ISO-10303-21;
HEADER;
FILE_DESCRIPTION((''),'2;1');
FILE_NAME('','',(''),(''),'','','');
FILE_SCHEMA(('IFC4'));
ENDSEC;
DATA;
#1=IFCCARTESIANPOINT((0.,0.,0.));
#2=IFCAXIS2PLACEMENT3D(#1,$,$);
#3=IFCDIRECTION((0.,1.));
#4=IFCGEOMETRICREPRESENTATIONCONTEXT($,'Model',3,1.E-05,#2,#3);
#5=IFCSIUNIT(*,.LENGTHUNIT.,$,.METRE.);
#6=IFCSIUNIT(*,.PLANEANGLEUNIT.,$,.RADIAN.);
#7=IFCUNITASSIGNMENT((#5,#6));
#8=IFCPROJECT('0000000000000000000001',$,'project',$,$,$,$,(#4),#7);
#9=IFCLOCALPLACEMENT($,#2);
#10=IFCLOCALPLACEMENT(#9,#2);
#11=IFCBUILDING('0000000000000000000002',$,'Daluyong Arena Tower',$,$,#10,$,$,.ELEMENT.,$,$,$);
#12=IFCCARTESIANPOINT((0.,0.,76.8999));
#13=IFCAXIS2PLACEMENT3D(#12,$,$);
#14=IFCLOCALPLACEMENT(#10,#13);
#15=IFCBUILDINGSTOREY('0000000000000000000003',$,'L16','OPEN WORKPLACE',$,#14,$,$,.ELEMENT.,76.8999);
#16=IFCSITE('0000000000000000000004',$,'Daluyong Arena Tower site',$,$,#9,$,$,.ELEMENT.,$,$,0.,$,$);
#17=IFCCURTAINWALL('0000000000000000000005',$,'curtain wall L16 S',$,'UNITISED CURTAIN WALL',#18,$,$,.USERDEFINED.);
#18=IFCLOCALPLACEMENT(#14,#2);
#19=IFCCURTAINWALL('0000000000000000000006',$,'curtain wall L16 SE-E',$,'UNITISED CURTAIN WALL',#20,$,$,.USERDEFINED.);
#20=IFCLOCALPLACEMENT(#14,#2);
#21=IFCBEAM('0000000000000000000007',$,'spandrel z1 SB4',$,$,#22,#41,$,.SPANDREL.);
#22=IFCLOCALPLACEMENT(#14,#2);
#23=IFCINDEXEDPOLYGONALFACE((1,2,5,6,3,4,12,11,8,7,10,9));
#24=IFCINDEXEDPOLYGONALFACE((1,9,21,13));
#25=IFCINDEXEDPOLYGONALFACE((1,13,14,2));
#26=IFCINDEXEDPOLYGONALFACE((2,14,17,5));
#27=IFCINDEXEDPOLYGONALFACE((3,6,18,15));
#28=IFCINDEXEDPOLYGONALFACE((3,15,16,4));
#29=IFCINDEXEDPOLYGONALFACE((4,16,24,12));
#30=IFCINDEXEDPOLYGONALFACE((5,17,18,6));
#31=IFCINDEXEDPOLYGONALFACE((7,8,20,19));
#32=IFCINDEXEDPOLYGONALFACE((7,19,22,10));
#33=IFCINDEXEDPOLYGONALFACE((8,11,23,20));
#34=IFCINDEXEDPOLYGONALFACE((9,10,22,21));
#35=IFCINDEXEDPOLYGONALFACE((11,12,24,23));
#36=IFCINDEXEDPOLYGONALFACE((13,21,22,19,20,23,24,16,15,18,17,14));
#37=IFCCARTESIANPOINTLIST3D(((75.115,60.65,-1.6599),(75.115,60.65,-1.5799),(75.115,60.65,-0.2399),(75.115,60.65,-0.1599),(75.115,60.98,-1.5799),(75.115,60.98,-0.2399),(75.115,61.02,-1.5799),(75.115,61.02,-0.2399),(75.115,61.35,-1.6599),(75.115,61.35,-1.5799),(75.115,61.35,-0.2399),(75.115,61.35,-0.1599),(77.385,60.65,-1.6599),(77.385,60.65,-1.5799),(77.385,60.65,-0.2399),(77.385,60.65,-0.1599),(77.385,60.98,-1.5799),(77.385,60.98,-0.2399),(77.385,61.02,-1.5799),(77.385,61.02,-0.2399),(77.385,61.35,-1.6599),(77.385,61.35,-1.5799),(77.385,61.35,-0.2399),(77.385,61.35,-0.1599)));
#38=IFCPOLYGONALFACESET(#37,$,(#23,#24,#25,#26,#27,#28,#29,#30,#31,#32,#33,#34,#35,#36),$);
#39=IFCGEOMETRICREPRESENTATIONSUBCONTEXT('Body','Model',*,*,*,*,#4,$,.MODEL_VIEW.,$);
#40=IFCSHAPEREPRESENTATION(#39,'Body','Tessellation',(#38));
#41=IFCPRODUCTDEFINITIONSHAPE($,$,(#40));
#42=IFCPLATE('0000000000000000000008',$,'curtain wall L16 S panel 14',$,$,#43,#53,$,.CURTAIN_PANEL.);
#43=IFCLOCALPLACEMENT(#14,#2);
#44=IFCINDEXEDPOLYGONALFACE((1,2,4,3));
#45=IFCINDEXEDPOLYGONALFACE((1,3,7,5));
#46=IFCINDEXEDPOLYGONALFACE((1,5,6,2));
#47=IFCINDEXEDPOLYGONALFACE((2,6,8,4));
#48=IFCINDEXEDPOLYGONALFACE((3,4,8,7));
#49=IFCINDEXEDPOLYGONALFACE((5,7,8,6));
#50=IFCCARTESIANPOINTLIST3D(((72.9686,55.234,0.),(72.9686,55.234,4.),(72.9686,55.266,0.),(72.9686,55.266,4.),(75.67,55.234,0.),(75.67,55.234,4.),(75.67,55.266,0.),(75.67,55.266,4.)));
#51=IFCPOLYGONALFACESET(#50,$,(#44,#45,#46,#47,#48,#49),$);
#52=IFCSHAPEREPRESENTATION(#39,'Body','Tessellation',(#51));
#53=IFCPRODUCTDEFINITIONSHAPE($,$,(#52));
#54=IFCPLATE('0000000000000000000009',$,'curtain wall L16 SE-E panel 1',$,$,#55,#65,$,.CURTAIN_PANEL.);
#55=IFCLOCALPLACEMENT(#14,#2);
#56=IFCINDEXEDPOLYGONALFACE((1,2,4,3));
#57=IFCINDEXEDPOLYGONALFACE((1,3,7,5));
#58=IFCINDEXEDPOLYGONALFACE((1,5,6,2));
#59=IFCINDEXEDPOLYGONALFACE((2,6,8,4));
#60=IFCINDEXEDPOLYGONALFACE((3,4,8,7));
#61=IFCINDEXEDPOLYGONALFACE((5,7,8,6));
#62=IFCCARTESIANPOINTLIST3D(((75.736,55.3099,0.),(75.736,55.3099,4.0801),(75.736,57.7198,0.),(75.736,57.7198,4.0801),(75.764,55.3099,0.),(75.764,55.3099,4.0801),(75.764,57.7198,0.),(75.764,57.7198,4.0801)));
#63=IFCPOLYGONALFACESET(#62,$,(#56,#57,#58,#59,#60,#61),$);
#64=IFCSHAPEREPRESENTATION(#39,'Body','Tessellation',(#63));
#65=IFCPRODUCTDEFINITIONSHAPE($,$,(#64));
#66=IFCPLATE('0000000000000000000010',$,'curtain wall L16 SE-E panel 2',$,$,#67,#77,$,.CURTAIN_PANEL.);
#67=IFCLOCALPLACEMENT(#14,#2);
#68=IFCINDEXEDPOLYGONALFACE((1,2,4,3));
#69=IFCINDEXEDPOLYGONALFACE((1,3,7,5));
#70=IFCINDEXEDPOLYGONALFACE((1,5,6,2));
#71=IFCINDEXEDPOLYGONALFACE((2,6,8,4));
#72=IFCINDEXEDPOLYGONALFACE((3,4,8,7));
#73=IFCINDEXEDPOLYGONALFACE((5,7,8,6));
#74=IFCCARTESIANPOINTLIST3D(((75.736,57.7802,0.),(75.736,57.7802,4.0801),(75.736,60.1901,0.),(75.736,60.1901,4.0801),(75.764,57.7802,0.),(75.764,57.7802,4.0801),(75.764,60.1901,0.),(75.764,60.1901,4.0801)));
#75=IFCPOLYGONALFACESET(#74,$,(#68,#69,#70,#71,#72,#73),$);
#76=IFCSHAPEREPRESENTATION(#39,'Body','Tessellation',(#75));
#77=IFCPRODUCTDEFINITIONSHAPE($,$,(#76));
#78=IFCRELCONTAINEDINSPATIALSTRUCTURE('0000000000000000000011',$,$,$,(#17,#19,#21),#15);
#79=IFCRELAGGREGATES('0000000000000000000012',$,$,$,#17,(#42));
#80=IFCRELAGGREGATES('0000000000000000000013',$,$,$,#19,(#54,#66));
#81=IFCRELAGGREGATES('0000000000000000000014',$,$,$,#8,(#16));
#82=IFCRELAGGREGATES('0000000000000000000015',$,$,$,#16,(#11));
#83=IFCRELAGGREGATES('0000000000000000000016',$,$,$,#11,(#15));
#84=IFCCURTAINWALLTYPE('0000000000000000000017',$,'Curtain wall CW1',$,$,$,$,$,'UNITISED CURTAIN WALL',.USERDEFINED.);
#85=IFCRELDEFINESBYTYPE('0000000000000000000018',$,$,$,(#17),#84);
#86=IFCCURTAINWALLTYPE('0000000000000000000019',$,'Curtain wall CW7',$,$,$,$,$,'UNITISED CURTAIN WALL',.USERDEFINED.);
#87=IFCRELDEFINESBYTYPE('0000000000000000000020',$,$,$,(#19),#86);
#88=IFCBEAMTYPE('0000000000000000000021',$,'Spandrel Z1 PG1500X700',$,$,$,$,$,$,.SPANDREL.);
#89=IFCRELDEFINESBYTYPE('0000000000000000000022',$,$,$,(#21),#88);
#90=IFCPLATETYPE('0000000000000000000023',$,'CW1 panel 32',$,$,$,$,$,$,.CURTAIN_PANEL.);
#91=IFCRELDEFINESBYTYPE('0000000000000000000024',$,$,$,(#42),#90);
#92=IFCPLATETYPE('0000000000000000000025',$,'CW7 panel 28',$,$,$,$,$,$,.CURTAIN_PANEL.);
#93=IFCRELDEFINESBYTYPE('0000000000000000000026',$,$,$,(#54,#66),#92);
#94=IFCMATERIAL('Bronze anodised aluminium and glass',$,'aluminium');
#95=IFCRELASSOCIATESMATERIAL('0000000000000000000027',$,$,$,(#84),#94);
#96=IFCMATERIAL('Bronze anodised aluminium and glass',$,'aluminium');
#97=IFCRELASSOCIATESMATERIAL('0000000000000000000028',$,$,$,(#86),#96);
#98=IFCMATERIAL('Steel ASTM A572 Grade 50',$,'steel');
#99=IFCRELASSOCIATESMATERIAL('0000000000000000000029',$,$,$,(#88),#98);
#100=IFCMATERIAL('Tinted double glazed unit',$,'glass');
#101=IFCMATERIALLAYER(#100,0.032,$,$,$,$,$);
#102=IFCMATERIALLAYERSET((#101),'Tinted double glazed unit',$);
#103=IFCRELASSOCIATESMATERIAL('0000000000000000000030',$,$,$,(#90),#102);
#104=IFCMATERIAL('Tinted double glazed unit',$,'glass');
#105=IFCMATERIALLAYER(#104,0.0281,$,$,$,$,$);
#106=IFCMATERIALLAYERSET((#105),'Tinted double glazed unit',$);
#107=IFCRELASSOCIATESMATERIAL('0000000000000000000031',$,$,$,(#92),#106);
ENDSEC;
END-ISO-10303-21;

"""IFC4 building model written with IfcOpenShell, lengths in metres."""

from ifc_helpers import new_model, si_unit, direction, frame, origin, origin_2d, place, context, subcontext, project, spatial, rectangle, i_section, extrude, material, layer, layer_set, material_profile, profile_set, type_object, element, aggregate, save


model = new_model("IFC4")

# Units and contexts
model_context = context("Model", 3, precision=1e-05, world=origin(), true_north=direction((0.0, 1.0)))
body_context = subcontext(model_context, "Body", "Model", "MODEL_VIEW")
ifc_project = project(units=[si_unit("LENGTHUNIT", "METRE"), si_unit("PLANEANGLEUNIT", "RADIAN")], contexts=[model_context])

# Site, building, storey
site_placement = place(None, origin())
site = spatial("IfcSite", under=ifc_project, at=site_placement, Name="Daluyong Arena Tower site", CompositionType="ELEMENT", RefElevation=0.0)
building_placement = place(site_placement, origin())
building = spatial("IfcBuilding", under=site, at=building_placement, Name="Daluyong Arena Tower", CompositionType="ELEMENT")
storey_placement = place(building_placement, frame((0.0, 0.0, 76.8999)))
storey = spatial("IfcBuildingStorey", under=building, at=storey_placement, Name="L16", Description="OPEN WORKPLACE", CompositionType="ELEMENT", Elevation=76.8999)

# Curtain wall
ifc_material_1 = material(Name="Bronze anodised aluminium and glass", Category="aluminium")
curtain_wall_type_1 = type_object("IfcCurtainWallType", Name="Curtain wall CW1", ElementType="UNITISED CURTAIN WALL", PredefinedType="USERDEFINED", material=ifc_material_1)
curtain_wall_1_placement = place(storey_placement, origin())
curtain_wall_1 = element("IfcCurtainWall", 1, at=curtain_wall_1_placement, inside=storey, type_object=curtain_wall_type_1, Name="curtain wall L16 S", ObjectType="UNITISED CURTAIN WALL", PredefinedType="USERDEFINED")

# Shared definitions
ifc_material_2 = material(Name="Bronze anodised aluminium and glass", Category="aluminium")
curtain_wall_type_2 = type_object("IfcCurtainWallType", Name="Curtain wall CW7", ElementType="UNITISED CURTAIN WALL", PredefinedType="USERDEFINED", material=ifc_material_2)

# Curtain wall
curtain_wall_2_placement = place(storey_placement, origin())
curtain_wall_2 = element("IfcCurtainWall", 2, at=curtain_wall_2_placement, inside=storey, type_object=curtain_wall_type_2, Name="curtain wall L16 SE-E", ObjectType="UNITISED CURTAIN WALL", PredefinedType="USERDEFINED")

# Beam
ifc_material_3 = material(Name="Steel ASTM A572 Grade 50", Category="steel")
ifc_material_profile_1 = material_profile(ifc_material_3, i_section(OverallWidth=0.7, OverallDepth=1.5, WebThickness=0.04, FlangeThickness=0.08, at=origin_2d()))
ifc_profile_set_1 = profile_set([ifc_material_profile_1], Name="Steel ASTM A572 Grade 50")
beam_type_1 = type_object("IfcBeamType", Name="Spandrel Z1 PG1500X700", PredefinedType="SPANDREL", material=ifc_profile_set_1)
for number, where, z_axis, x_axis, name in (
    (3, (75.115, 61.0, -0.9099), (1.0, 0.0, 0.0), (0.0, 1.0, 0.0), "spandrel z1 SB4"),
):
    element("IfcBeam", number, at=place(storey_placement, frame(where, z_axis=z_axis, x_axis=x_axis)), inside=storey, type_object=beam_type_1, Name=name, PredefinedType="SPANDREL", context=body_context, shape_type="SweptSolid", body=[
        extrude(i_section(OverallWidth=0.7, OverallDepth=1.5, WebThickness=0.04, FlangeThickness=0.08, at=origin_2d()), origin(), (0.0, 0.0, 1.0), 2.27),
    ])

# Plates
ifc_material_4 = material(Name="Tinted double glazed unit", Category="glass")
ifc_layer_1 = layer(ifc_material_4, 0.032)
ifc_layer_set_1 = layer_set([ifc_layer_1], Name="Tinted double glazed unit")
plate_type_1 = type_object("IfcPlateType", Name="CW1 panel 32", PredefinedType="CURTAIN_PANEL", material=ifc_layer_set_1)
plate_1_placement = place(storey_placement, frame((74.3193, 55.25, 0.0), z_axis=(0.0, 0.0, 1.0), x_axis=(1.0, 0.0, 0.0)))
plate_1 = element("IfcPlate", 4, at=plate_1_placement, type_object=plate_type_1, Name="curtain wall L16 S panel 14", PredefinedType="CURTAIN_PANEL", context=body_context, shape_type="SweptSolid", body=[
    extrude(rectangle(XDim=2.7014, YDim=0.032, at=origin_2d()), origin(), (0.0, 0.0, 1.0), 4.0),
])
aggregate(curtain_wall_1, [plate_1])
ifc_material_5 = material(Name="Tinted double glazed unit", Category="glass")
ifc_layer_2 = layer(ifc_material_5, 0.0281)
ifc_layer_set_2 = layer_set([ifc_layer_2], Name="Tinted double glazed unit")
plate_type_2 = type_object("IfcPlateType", Name="CW7 panel 28", PredefinedType="CURTAIN_PANEL", material=ifc_layer_set_2)
plate_2_placement = place(storey_placement, frame((75.75, 56.5149, 0.0), z_axis=(0.0, 0.0, 1.0), x_axis=(0.0, 1.0, 0.0)))
plate_2 = element("IfcPlate", 5, at=plate_2_placement, type_object=plate_type_2, Name="curtain wall L16 SE-E panel 1", PredefinedType="CURTAIN_PANEL", context=body_context, shape_type="SweptSolid", body=[
    extrude(rectangle(XDim=2.4099, YDim=0.0281, at=origin_2d()), origin(), (0.0, 0.0, 1.0), 4.0801),
])
plate_3_placement = place(storey_placement, frame((75.75, 58.9851, 0.0), z_axis=(0.0, 0.0, 1.0), x_axis=(0.0, 1.0, 0.0)))
plate_3 = element("IfcPlate", 6, at=plate_3_placement, type_object=plate_type_2, Name="curtain wall L16 SE-E panel 2", PredefinedType="CURTAIN_PANEL", context=body_context, shape_type="SweptSolid", body=[
    extrude(rectangle(XDim=2.4099, YDim=0.0281, at=origin_2d()), origin(), (0.0, 0.0, 1.0), 4.0801),
])
aggregate(curtain_wall_2, [plate_2, plate_3])

save(model, "model.ifc")
